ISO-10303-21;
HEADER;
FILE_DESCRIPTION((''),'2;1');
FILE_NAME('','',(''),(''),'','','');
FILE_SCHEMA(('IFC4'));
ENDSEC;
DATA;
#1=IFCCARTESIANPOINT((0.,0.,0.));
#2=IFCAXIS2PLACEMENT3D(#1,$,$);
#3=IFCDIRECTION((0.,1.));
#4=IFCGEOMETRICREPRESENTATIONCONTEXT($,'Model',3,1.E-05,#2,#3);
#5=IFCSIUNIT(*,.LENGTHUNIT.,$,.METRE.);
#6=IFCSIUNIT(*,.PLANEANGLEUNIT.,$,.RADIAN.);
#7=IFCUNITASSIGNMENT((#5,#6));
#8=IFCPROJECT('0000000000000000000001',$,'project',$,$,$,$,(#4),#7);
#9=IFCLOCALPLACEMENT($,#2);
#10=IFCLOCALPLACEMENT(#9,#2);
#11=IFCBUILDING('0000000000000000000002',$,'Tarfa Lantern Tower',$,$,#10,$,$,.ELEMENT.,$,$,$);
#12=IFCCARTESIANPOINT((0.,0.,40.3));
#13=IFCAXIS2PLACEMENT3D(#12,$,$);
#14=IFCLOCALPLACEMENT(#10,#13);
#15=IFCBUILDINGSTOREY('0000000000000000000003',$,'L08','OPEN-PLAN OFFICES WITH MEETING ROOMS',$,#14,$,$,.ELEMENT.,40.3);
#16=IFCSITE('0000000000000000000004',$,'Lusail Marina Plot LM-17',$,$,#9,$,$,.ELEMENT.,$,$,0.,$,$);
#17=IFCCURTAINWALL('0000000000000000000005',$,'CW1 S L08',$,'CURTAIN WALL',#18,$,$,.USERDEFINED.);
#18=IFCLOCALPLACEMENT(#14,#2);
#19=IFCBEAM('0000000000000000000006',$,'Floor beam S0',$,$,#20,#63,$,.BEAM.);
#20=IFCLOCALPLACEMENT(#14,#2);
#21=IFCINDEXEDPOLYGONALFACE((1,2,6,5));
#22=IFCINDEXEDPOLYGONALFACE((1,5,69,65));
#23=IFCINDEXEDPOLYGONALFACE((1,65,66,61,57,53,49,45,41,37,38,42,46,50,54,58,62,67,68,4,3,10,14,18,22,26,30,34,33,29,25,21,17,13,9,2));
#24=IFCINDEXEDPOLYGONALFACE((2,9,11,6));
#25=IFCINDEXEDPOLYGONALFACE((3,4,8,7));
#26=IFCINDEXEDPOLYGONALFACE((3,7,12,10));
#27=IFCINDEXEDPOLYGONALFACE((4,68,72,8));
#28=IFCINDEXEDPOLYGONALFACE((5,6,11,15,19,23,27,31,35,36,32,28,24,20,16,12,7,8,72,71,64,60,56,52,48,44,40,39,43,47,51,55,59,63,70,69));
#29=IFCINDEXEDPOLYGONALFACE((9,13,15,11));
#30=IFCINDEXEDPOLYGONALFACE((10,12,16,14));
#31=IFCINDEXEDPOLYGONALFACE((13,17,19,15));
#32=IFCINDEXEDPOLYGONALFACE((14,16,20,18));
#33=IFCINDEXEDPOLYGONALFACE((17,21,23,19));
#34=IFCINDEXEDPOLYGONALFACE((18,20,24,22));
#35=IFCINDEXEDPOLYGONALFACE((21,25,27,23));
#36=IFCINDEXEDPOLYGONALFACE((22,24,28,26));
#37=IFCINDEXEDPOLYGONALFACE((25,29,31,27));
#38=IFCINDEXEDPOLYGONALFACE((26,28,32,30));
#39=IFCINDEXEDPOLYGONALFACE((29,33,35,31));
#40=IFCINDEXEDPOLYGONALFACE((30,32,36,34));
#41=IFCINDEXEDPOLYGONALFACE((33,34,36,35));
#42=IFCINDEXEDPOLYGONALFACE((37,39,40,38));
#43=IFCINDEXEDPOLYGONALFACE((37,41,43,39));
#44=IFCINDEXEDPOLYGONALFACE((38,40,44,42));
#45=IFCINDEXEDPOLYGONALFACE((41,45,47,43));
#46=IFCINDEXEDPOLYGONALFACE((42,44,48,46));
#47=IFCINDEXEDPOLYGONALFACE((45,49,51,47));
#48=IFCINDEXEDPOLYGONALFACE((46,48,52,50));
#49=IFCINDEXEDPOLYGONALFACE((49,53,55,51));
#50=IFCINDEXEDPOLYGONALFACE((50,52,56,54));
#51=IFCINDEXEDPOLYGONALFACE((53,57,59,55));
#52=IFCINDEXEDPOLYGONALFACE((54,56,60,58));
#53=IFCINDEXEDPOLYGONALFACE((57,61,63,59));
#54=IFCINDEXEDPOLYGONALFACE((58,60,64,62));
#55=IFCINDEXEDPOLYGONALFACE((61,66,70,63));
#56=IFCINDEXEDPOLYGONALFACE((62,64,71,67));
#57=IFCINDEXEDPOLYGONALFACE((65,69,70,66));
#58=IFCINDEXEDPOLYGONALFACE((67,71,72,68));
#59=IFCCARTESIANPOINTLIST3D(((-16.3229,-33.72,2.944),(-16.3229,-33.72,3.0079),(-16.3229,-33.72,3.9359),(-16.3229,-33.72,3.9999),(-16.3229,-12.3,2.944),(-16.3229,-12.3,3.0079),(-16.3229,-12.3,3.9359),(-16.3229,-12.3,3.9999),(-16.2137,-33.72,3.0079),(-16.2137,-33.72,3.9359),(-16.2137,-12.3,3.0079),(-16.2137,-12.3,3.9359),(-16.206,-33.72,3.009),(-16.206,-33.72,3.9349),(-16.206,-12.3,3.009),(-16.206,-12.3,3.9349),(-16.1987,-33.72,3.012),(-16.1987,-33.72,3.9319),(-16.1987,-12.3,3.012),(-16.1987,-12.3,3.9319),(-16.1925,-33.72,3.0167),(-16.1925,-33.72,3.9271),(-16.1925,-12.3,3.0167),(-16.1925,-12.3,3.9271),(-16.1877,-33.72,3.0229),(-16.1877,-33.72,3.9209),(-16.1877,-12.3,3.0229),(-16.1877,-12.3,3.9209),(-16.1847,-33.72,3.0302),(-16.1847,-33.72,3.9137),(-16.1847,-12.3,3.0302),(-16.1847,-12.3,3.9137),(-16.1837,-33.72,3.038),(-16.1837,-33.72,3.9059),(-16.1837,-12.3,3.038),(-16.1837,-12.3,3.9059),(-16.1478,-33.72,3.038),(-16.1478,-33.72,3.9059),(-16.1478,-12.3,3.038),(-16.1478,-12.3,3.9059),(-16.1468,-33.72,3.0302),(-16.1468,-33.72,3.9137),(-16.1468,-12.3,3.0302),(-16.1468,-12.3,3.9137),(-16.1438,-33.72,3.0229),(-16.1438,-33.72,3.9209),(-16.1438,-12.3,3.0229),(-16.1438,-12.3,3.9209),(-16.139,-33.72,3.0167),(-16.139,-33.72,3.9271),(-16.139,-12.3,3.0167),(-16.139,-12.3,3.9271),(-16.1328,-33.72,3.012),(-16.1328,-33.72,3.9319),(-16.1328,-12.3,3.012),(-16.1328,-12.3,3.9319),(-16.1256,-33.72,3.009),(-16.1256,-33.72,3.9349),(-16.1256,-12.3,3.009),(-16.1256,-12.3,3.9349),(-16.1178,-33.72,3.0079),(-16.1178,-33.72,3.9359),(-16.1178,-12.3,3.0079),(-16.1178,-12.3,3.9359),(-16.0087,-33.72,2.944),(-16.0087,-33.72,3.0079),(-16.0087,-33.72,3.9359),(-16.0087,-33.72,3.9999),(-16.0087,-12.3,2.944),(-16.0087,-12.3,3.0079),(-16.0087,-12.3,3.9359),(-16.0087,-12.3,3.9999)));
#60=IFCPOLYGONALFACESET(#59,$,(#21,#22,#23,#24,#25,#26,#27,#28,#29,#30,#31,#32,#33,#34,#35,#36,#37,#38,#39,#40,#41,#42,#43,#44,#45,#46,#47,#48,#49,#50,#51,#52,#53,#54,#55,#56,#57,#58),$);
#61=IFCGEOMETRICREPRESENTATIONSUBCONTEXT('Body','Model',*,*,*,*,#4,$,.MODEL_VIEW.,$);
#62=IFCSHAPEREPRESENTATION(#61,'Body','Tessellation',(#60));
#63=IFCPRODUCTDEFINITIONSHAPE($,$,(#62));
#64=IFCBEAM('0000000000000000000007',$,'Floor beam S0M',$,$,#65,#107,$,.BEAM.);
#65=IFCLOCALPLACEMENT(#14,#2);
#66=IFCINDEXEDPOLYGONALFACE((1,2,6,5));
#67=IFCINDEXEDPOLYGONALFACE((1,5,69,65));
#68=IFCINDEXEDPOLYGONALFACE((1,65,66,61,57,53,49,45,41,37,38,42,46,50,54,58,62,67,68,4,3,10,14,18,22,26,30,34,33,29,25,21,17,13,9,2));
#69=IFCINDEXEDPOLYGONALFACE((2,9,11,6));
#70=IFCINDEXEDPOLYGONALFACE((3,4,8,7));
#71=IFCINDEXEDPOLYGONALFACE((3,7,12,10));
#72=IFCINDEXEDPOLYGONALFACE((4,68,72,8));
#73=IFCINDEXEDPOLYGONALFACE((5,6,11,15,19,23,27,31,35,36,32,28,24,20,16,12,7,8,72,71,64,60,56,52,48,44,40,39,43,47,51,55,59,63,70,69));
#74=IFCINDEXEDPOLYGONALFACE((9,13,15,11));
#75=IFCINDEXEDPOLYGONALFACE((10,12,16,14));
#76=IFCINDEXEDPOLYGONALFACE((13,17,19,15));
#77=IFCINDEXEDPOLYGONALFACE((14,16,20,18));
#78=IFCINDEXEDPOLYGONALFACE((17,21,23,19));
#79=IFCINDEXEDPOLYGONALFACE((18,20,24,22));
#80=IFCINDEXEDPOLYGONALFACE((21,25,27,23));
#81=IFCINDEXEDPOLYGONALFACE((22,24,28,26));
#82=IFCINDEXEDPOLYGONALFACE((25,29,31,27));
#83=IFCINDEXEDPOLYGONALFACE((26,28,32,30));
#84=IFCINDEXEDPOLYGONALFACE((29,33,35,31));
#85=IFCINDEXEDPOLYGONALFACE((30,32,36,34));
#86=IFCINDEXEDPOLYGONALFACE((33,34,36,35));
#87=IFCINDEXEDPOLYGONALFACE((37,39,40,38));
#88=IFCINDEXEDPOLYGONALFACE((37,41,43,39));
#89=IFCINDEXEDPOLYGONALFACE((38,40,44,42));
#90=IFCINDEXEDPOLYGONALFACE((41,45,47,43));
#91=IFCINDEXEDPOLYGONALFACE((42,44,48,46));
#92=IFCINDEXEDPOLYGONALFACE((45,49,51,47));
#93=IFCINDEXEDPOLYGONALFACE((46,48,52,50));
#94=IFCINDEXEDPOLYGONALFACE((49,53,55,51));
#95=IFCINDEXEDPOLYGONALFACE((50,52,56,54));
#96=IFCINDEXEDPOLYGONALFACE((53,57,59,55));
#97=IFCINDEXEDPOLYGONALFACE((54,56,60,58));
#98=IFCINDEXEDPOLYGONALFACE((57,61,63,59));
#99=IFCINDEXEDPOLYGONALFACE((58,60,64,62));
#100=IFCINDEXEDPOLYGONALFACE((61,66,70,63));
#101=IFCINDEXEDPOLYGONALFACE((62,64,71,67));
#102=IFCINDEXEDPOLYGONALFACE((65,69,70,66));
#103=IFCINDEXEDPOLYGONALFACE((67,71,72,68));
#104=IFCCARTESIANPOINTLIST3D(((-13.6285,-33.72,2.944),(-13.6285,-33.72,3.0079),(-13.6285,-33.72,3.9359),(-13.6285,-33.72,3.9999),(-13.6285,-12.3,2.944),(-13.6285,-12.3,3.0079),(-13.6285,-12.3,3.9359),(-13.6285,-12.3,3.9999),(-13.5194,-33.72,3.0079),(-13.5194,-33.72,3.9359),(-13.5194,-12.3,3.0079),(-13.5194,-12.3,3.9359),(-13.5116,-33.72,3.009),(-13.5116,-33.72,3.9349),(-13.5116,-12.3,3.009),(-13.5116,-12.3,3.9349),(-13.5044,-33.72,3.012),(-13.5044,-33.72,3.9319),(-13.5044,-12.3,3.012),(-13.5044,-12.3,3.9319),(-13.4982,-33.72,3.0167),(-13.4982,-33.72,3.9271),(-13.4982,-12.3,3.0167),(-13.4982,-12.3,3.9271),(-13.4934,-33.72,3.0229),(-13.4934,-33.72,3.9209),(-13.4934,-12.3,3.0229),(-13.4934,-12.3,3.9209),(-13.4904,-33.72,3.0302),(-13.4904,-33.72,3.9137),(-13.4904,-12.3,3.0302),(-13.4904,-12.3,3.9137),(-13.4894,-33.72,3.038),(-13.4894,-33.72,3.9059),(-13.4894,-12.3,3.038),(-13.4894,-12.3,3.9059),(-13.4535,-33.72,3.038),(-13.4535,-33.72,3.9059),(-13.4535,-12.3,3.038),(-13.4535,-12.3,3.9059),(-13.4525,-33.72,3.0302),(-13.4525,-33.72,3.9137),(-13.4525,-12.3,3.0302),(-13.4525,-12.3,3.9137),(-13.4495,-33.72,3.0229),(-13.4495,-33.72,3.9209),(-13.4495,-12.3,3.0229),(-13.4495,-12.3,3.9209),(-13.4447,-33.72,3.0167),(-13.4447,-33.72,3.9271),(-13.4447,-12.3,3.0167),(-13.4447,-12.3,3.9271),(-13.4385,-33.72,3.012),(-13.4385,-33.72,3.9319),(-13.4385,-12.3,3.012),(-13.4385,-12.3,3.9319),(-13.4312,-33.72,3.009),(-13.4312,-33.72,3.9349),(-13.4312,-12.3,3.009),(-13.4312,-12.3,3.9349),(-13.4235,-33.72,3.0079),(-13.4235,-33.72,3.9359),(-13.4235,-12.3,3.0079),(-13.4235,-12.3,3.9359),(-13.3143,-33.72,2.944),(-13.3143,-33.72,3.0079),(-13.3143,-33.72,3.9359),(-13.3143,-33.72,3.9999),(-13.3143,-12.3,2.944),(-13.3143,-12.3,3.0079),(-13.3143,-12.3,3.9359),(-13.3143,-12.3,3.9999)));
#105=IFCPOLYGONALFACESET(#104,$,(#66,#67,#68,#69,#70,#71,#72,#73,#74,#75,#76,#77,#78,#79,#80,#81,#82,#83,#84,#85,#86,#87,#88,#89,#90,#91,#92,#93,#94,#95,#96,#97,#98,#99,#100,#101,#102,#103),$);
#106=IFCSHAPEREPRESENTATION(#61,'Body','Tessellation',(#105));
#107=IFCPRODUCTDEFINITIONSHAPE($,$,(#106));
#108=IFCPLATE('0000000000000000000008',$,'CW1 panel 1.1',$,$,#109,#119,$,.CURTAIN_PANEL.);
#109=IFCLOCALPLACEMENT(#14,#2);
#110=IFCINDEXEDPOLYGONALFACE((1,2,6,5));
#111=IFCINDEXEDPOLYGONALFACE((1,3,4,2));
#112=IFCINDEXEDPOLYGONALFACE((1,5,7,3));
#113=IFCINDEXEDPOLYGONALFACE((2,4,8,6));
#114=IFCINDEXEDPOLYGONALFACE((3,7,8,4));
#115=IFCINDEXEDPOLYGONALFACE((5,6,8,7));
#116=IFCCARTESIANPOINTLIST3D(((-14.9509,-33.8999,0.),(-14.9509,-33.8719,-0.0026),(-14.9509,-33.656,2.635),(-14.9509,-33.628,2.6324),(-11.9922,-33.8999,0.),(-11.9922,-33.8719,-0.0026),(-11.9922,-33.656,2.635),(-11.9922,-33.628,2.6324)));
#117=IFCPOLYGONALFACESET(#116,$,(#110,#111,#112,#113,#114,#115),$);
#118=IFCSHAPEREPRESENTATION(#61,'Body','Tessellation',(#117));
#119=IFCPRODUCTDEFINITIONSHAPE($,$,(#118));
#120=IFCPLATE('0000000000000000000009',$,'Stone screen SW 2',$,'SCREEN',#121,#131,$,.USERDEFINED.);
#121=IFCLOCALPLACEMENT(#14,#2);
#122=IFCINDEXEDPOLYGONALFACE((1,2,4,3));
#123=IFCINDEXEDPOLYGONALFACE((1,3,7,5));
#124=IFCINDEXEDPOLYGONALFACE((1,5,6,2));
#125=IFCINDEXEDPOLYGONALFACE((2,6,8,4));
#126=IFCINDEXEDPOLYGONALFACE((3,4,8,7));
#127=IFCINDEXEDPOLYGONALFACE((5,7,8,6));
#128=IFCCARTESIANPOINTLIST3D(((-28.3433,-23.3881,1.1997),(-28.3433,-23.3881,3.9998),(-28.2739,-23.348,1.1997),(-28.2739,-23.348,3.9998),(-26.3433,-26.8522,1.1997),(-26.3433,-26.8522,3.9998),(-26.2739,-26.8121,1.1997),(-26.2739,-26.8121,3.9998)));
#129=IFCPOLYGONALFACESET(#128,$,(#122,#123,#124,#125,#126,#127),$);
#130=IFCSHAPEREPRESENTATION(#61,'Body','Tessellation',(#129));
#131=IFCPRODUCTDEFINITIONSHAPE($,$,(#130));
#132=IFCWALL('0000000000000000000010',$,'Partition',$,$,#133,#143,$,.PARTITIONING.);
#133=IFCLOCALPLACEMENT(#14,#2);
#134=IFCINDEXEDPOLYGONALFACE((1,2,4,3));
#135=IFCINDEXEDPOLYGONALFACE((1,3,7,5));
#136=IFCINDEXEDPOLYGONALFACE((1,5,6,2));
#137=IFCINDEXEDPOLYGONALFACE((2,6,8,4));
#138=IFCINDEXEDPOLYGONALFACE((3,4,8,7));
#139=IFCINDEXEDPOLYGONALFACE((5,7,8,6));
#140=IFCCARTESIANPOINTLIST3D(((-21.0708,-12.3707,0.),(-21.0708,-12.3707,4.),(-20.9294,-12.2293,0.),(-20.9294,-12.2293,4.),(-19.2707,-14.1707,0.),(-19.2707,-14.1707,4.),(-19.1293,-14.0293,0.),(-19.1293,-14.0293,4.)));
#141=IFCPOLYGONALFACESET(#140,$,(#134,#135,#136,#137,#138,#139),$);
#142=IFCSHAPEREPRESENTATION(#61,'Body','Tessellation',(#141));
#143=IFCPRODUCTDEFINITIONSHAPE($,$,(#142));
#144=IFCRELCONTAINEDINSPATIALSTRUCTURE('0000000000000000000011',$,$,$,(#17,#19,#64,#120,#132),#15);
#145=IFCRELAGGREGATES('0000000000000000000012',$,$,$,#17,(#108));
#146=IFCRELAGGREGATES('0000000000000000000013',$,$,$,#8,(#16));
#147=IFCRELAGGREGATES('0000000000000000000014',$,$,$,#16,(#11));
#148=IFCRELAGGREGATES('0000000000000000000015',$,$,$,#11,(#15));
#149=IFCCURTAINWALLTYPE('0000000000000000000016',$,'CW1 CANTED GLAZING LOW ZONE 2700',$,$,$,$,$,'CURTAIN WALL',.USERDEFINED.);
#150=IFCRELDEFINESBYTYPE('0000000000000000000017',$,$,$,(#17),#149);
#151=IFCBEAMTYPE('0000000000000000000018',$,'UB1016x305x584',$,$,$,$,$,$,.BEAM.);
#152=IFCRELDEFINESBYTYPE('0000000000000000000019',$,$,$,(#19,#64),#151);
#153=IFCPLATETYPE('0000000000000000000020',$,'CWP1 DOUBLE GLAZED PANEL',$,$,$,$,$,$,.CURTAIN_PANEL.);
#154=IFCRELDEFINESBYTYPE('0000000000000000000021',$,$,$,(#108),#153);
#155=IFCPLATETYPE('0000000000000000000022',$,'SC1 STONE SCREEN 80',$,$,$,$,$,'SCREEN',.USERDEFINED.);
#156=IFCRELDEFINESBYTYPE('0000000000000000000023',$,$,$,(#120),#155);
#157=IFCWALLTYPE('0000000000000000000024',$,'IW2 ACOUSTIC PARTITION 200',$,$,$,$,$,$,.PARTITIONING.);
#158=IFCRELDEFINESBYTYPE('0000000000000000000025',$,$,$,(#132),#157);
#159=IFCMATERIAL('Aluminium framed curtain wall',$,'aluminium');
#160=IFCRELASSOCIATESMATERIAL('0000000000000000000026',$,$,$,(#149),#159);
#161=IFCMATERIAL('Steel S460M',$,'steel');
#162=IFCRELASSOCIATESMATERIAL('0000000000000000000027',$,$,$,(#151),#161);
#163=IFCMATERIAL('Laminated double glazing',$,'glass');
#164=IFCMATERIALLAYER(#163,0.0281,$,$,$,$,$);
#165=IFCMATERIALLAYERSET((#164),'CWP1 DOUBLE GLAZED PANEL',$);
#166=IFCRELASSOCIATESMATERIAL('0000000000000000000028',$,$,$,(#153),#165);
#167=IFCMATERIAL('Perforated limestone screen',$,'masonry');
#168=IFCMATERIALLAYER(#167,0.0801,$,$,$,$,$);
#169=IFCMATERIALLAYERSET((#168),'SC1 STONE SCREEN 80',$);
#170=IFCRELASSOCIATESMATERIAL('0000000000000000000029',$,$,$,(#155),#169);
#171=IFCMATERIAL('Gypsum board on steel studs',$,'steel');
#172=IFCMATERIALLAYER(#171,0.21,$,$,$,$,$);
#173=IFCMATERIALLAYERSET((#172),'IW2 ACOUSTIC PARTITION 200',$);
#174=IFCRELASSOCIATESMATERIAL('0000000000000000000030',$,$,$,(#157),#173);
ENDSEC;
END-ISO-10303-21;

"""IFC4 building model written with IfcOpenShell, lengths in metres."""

from ifc_helpers import new_model, si_unit, direction, frame, frame_2d, origin, origin_2d, place, context, subcontext, project, spatial, polyline, rectangle, i_section, outline, extrude, material, layer, layer_set, material_profile, profile_set, type_object, element, aggregate, save


model = new_model("IFC4")

# Units and contexts
model_context = context("Model", 3, precision=1e-05, world=origin(), true_north=direction((0.0, 1.0)))
body_context = subcontext(model_context, "Body", "Model", "MODEL_VIEW")
ifc_project = project(units=[si_unit("LENGTHUNIT", "METRE"), si_unit("PLANEANGLEUNIT", "RADIAN")], contexts=[model_context])

# Site, building, storey
site_placement = place(None, origin())
site = spatial("IfcSite", under=ifc_project, at=site_placement, Name="Lusail Marina Plot LM-17", CompositionType="ELEMENT", RefElevation=0.0)
building_placement = place(site_placement, origin())
building = spatial("IfcBuilding", under=site, at=building_placement, Name="Tarfa Lantern Tower", CompositionType="ELEMENT")
storey_placement = place(building_placement, frame((0.0, 0.0, 40.3)))
storey = spatial("IfcBuildingStorey", under=building, at=storey_placement, Name="L08", Description="OPEN-PLAN OFFICES WITH MEETING ROOMS", CompositionType="ELEMENT", Elevation=40.3)

# Curtain wall
ifc_material_1 = material(Name="Aluminium framed curtain wall", Category="aluminium")
curtain_wall_type = type_object("IfcCurtainWallType", Name="CW1 CANTED GLAZING LOW ZONE 2700", ElementType="CURTAIN WALL", PredefinedType="USERDEFINED", material=ifc_material_1)
curtain_wall_placement = place(storey_placement, origin())
curtain_wall = element("IfcCurtainWall", 1, at=curtain_wall_placement, inside=storey, type_object=curtain_wall_type, Name="CW1 S L08", ObjectType="CURTAIN WALL", PredefinedType="USERDEFINED")

# Beams
ifc_material_2 = material(Name="Steel S460M", Category="steel")
ifc_material_profile_1 = material_profile(ifc_material_2, i_section(OverallWidth=0.3142, OverallDepth=1.0559, WebThickness=0.0359, FlangeThickness=0.064, FilletRadius=0.03, at=origin_2d()), Name="UB1016x305x584")
ifc_profile_set_1 = profile_set([ifc_material_profile_1], Name="Steel S460M")
beam_type_1 = type_object("IfcBeamType", Name="UB1016x305x584", PredefinedType="BEAM", material=ifc_profile_set_1)
for number, where, z_axis, x_axis, name in (
    (2, (-16.1658, -33.72, 3.4719), (0.0, 1.0, 0.0), (-1.0, 0.0, 0.0), "Floor beam S0"),
    (3, (-13.4714, -33.72, 3.4719), (0.0, 1.0, 0.0), (-1.0, 0.0, 0.0), "Floor beam S0M"),
):
    element("IfcBeam", number, at=place(storey_placement, frame(where, z_axis=z_axis, x_axis=x_axis)), inside=storey, type_object=beam_type_1, Name=name, PredefinedType="BEAM", context=body_context, shape_type="SweptSolid", body=[
        extrude(i_section(OverallWidth=0.3142, OverallDepth=1.0559, WebThickness=0.0359, FlangeThickness=0.064, FilletRadius=0.03, at=origin_2d()), origin(), (0.0, 0.0, 1.0), 21.4199),
    ])

# Plates
ifc_material_3 = material(Name="Laminated double glazing", Category="glass")
ifc_layer_1 = layer(ifc_material_3, 0.0281)
ifc_layer_set_1 = layer_set([ifc_layer_1], Name="CWP1 DOUBLE GLAZED PANEL")
plate_type_1 = type_object("IfcPlateType", Name="CWP1 DOUBLE GLAZED PANEL", PredefinedType="CURTAIN_PANEL", material=ifc_layer_set_1)
plate_1_placement = place(storey_placement, frame((-14.9509, -33.8999, 0.0), z_axis=(0.0, -0.995744, 0.092166), x_axis=(1.0, 0.0, 0.0)))
plate_1 = element("IfcPlate", 4, at=plate_1_placement, type_object=plate_type_1, Name="CW1 panel 1.1", PredefinedType="CURTAIN_PANEL", context=body_context, shape_type="SweptSolid", body=[
    extrude(outline(polyline([(0.0, 0.0), (2.9587, 0.0), (2.9587, 2.6463), (0.0, 2.6463), (0.0, 0.0)])), origin(), (0.0, 0.0, -1.0), 0.0281),
])
aggregate(curtain_wall, [plate_1])
ifc_material_4 = material(Name="Perforated limestone screen", Category="masonry")
ifc_layer_2 = layer(ifc_material_4, 0.0801)
ifc_layer_set_2 = layer_set([ifc_layer_2], Name="SC1 STONE SCREEN 80")
plate_type_2 = type_object("IfcPlateType", Name="SC1 STONE SCREEN 80", ElementType="SCREEN", PredefinedType="USERDEFINED", material=ifc_layer_set_2)
plate_2_placement = place(storey_placement, frame((-27.3086, -25.1001, 1.1997), z_axis=(0.0, 0.0, 1.0), x_axis=(0.5, -0.866025, 0.0)))
element("IfcPlate", 5, at=plate_2_placement, inside=storey, type_object=plate_type_2, Name="Stone screen SW 2", ObjectType="SCREEN", PredefinedType="USERDEFINED", context=body_context, shape_type="SweptSolid", body=[
    extrude(rectangle(XDim=4.0, YDim=0.0801, at=origin_2d()), origin(), (0.0, 0.0, 1.0), 2.8),
])

# Wall
ifc_material_5 = material(Name="Gypsum board on steel studs", Category="steel")
ifc_layer_3 = layer(ifc_material_5, 0.21)
ifc_layer_set_3 = layer_set([ifc_layer_3], Name="IW2 ACOUSTIC PARTITION 200")
wall_type = type_object("IfcWallType", Name="IW2 ACOUSTIC PARTITION 200", PredefinedType="PARTITIONING", material=ifc_layer_set_3)
wall_placement = place(storey_placement, frame((-19.2, -14.1001, 0.0), z_axis=(0.0, 0.0, 1.0), x_axis=(-0.707107, 0.707107, 0.0)))
element("IfcWall", 6, at=wall_placement, inside=storey, type_object=wall_type, Name="Partition", PredefinedType="PARTITIONING", context=body_context, shape_type="SweptSolid", body=[
    extrude(rectangle(XDim=2.5457, YDim=0.2, at=frame_2d((1.2729, 0.0))), origin(), (0.0, 0.0, 1.0), 4.0),
])

save(model, "model.ifc")
